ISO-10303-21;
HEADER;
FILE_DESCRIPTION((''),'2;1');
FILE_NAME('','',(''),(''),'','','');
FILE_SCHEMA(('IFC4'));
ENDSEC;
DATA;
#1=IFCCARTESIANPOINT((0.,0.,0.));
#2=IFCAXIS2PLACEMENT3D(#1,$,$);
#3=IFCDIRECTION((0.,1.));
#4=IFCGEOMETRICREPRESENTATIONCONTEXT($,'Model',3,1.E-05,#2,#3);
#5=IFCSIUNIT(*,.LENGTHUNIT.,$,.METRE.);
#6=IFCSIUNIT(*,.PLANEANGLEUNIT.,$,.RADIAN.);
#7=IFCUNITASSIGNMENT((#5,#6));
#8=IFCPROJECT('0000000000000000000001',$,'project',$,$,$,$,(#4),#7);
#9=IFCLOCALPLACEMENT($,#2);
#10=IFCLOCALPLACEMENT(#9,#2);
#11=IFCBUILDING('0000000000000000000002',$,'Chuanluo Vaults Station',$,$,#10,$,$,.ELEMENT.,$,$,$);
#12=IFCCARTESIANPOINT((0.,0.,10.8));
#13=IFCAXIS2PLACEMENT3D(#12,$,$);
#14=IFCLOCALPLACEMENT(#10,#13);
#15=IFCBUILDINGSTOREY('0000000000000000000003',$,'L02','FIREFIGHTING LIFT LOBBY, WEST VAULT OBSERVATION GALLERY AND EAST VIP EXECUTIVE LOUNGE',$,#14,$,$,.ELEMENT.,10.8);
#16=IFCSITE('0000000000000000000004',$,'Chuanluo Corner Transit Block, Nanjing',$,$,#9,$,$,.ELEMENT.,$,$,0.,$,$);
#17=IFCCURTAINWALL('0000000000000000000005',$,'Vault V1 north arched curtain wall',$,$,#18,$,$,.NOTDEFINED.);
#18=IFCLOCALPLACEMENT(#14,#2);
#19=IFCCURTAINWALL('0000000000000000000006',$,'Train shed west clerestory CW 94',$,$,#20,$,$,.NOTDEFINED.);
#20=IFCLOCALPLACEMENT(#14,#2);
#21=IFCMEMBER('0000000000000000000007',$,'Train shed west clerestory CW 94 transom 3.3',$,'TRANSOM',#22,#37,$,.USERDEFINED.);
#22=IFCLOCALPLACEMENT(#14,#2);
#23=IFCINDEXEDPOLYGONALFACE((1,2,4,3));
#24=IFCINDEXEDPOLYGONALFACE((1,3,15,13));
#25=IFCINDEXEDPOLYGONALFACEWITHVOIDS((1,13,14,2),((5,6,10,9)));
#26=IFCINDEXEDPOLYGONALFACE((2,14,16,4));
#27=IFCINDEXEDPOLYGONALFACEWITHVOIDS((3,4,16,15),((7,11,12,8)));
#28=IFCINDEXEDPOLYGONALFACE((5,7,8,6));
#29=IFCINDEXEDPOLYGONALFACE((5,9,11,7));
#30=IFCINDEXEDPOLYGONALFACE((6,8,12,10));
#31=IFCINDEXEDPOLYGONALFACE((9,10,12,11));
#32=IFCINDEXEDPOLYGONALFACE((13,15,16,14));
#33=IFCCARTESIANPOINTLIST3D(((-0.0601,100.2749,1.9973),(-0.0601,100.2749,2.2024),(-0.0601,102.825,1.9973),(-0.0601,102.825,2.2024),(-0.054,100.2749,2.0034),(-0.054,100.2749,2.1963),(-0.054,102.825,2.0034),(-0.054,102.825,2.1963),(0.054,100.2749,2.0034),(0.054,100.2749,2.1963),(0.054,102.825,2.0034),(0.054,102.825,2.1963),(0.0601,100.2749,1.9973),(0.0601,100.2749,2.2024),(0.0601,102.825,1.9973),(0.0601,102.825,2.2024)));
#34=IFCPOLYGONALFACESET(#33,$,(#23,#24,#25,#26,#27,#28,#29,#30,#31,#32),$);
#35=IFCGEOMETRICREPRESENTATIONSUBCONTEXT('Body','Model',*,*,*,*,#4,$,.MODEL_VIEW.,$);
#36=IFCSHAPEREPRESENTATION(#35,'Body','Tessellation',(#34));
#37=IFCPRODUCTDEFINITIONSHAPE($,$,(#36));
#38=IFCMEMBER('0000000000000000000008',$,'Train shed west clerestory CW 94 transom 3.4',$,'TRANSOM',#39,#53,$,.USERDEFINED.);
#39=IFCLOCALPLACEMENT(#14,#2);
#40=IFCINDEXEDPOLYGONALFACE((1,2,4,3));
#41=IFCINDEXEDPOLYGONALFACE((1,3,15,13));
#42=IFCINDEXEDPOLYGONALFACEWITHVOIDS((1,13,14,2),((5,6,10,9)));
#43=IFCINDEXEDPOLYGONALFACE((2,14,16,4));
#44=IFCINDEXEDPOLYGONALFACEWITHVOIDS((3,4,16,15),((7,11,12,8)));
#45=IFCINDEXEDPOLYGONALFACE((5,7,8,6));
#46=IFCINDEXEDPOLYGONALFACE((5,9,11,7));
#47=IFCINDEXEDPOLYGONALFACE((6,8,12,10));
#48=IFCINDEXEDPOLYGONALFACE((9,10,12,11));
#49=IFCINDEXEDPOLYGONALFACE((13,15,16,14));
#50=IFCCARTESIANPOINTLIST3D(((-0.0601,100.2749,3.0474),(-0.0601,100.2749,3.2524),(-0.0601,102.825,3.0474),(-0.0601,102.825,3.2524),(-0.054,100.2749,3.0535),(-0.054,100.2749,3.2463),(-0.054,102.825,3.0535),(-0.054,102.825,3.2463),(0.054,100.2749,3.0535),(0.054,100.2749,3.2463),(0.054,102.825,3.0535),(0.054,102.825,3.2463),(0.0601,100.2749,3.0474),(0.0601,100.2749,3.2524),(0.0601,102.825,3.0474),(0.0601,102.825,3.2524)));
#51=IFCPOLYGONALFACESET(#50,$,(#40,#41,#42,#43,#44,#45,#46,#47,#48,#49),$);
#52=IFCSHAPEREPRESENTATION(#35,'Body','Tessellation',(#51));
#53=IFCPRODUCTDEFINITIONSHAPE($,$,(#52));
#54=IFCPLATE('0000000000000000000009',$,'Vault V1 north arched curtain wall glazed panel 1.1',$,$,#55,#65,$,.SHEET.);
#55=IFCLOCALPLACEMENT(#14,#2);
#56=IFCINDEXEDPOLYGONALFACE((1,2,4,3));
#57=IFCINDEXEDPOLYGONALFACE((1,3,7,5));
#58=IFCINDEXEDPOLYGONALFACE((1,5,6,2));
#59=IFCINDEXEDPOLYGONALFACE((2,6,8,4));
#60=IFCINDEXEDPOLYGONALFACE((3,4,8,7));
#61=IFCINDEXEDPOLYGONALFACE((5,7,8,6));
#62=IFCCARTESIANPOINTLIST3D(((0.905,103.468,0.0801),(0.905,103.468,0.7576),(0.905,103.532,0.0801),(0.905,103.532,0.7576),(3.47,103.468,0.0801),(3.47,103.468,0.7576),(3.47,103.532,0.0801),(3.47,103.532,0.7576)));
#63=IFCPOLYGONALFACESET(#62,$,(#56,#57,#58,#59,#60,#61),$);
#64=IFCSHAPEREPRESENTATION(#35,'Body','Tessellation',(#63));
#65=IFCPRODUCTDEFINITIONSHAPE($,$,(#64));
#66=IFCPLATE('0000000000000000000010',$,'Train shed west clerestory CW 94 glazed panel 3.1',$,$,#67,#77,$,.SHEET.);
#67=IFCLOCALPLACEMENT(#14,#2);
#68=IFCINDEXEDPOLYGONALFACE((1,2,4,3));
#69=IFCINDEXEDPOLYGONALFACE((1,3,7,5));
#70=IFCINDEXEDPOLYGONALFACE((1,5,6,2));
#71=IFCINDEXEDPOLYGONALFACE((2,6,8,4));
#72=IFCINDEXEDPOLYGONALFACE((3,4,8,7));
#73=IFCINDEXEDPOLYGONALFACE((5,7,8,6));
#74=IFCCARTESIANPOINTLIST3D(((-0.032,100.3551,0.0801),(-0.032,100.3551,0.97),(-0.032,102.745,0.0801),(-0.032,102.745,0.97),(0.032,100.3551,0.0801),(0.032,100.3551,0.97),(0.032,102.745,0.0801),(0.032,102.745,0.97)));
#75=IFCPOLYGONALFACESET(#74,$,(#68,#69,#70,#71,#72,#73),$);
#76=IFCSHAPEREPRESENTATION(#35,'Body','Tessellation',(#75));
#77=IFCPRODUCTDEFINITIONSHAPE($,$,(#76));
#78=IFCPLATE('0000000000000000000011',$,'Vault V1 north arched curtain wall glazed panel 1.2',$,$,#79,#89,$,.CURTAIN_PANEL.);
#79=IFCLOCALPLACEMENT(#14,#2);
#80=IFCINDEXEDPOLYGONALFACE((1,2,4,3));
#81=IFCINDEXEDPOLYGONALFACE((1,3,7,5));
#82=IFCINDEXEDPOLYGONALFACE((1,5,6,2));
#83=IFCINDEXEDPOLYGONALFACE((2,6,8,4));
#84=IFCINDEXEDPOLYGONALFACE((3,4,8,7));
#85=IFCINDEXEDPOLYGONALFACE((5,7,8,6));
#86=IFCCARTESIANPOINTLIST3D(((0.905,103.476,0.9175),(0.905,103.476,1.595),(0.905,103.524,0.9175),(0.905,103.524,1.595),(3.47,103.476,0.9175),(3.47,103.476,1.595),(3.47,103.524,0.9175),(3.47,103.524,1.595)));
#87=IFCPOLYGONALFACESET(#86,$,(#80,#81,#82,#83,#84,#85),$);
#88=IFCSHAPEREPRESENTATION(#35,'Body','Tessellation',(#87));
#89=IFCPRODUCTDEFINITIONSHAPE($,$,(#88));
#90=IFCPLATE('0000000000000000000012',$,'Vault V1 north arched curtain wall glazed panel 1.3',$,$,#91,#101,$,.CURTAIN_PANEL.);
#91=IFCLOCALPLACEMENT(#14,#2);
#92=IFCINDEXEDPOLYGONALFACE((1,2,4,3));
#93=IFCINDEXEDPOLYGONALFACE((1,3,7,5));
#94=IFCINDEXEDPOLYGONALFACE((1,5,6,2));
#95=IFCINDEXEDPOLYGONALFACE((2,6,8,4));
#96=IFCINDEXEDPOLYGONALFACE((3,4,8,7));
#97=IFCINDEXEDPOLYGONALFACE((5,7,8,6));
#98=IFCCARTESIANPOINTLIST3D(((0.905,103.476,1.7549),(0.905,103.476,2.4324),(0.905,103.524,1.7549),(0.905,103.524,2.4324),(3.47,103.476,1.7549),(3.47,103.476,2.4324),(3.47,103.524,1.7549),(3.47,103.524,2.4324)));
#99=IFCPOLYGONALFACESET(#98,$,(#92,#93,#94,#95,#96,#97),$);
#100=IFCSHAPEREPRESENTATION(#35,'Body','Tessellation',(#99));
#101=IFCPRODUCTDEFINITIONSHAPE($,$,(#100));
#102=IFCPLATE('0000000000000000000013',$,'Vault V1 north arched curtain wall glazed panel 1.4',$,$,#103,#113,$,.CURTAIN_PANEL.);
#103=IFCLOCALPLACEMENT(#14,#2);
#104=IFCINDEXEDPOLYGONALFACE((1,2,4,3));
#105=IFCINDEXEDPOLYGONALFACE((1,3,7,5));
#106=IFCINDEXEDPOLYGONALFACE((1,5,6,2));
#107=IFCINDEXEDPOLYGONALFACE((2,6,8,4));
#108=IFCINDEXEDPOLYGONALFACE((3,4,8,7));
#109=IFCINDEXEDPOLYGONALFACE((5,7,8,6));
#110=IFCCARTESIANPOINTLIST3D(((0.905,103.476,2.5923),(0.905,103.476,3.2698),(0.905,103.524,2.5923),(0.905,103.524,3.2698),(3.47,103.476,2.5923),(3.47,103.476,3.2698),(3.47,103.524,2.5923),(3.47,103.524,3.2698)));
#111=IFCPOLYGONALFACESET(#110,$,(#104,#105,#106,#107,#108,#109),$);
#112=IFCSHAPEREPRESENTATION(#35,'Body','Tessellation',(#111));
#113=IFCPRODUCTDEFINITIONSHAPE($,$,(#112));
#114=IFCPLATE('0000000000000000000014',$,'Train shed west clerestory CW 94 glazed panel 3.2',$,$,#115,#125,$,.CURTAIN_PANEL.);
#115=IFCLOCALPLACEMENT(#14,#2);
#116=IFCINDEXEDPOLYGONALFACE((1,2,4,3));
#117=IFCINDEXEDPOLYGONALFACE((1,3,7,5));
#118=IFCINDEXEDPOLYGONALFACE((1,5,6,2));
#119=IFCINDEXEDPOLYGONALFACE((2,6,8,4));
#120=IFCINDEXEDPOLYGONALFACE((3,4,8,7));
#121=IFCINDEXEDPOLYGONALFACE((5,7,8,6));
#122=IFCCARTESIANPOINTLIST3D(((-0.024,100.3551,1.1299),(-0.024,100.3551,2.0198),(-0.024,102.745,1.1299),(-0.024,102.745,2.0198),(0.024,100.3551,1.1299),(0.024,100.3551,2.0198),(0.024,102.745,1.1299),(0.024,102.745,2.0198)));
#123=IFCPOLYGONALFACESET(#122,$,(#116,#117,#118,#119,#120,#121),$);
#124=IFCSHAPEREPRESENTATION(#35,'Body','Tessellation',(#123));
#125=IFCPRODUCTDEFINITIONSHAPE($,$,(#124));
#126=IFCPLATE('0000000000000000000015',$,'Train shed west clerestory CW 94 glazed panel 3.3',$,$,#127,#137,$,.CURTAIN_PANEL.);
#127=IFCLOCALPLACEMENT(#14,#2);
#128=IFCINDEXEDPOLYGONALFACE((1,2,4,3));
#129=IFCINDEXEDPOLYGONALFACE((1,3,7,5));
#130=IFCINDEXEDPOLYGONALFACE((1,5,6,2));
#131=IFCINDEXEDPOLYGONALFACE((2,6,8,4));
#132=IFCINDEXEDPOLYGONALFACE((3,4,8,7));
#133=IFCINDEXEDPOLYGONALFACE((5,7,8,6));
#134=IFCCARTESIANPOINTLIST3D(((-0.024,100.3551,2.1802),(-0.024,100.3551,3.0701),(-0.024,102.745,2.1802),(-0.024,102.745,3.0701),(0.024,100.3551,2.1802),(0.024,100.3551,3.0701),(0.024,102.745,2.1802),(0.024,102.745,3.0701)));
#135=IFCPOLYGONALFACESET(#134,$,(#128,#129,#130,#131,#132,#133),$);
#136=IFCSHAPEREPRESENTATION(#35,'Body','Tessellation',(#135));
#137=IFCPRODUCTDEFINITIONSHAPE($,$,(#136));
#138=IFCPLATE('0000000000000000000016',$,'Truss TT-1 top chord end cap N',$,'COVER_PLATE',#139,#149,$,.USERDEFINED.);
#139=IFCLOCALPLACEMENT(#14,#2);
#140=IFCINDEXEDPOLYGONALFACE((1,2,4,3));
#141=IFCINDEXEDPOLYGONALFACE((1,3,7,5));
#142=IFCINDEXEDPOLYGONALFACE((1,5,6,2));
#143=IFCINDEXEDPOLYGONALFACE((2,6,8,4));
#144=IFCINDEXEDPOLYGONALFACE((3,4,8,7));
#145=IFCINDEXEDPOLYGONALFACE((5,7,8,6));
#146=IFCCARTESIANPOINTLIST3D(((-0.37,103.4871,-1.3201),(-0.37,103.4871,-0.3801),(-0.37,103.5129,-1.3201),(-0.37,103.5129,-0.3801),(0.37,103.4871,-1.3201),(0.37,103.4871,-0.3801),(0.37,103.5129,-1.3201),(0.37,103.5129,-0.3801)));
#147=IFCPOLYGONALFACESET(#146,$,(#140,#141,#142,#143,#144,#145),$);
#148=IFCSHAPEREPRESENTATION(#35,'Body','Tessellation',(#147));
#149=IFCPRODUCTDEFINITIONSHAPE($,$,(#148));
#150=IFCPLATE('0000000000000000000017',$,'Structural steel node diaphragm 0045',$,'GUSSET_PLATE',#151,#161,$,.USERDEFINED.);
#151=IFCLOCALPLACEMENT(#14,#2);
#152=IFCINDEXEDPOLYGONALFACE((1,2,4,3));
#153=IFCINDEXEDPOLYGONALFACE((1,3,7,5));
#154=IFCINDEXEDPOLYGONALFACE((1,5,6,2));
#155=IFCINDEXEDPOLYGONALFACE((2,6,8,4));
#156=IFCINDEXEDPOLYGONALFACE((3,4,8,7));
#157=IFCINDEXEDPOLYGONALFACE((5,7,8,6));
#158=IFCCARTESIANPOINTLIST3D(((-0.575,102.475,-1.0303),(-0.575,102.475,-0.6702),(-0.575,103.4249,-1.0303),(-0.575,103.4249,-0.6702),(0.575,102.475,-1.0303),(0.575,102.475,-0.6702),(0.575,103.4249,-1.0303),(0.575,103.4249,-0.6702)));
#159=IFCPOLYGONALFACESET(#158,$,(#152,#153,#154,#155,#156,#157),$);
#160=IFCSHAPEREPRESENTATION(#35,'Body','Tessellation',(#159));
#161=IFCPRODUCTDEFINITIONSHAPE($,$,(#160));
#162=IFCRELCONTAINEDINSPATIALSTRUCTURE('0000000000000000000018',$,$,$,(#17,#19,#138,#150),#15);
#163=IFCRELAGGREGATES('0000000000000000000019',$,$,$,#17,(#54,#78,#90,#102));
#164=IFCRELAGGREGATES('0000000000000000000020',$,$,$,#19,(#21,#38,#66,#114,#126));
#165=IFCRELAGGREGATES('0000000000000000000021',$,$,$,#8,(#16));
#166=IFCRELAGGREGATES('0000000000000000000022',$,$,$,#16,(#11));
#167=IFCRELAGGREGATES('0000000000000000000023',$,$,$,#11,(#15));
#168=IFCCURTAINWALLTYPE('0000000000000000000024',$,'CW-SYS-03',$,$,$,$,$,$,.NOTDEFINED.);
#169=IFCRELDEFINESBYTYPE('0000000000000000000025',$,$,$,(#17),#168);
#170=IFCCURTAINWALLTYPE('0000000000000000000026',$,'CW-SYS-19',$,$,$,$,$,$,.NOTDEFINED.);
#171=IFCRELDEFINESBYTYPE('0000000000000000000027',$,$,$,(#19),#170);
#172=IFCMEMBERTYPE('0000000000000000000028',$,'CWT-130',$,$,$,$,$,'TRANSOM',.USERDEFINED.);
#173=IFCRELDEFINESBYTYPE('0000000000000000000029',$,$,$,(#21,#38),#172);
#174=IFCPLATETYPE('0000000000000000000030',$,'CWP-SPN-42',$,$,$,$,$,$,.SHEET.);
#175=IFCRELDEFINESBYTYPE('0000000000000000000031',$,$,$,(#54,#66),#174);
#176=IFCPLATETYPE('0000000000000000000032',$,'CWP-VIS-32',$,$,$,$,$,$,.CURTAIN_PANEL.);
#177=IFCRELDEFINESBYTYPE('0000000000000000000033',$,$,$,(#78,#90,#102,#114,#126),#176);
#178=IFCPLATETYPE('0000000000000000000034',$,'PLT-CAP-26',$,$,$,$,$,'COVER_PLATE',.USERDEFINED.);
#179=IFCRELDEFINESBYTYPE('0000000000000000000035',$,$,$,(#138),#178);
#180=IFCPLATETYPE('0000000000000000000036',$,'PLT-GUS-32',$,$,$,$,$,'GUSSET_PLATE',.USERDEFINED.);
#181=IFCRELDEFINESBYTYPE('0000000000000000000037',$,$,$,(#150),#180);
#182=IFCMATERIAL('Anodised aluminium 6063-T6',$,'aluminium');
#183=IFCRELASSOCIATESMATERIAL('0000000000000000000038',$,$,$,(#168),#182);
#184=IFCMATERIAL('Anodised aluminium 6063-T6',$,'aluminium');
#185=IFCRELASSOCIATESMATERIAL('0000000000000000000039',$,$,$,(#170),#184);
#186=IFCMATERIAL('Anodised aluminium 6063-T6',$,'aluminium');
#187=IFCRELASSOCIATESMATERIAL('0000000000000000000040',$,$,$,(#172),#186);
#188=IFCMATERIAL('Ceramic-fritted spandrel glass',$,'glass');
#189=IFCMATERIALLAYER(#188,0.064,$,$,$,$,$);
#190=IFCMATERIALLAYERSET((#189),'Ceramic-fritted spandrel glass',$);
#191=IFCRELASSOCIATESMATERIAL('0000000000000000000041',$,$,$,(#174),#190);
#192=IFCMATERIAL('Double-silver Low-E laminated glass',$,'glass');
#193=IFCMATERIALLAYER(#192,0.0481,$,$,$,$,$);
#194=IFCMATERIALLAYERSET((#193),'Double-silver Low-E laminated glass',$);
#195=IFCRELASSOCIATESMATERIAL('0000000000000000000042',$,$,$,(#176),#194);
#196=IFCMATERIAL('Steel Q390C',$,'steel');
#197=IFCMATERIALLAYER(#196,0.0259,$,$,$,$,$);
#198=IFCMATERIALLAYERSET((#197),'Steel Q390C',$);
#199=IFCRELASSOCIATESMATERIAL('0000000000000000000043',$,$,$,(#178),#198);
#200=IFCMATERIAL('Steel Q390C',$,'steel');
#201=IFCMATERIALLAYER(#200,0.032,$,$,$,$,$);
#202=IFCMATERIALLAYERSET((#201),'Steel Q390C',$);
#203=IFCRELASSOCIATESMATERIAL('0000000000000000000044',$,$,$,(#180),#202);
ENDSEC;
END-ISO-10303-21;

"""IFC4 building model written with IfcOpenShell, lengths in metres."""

from ifc_helpers import new_model, si_unit, direction, frame, origin, origin_2d, place, context, subcontext, project, spatial, rectangle, hollow_rectangle, extrude, material, layer, layer_set, material_profile, profile_set, type_object, element, aggregate, save


model = new_model("IFC4")

# Units and contexts
model_context = context("Model", 3, precision=1e-05, world=origin(), true_north=direction((0.0, 1.0)))
body_context = subcontext(model_context, "Body", "Model", "MODEL_VIEW")
ifc_project = project(units=[si_unit("LENGTHUNIT", "METRE"), si_unit("PLANEANGLEUNIT", "RADIAN")], contexts=[model_context])

# Site, building, storey
site_placement = place(None, origin())
site = spatial("IfcSite", under=ifc_project, at=site_placement, Name="Chuanluo Corner Transit Block, Nanjing", CompositionType="ELEMENT", RefElevation=0.0)
building_placement = place(site_placement, origin())
building = spatial("IfcBuilding", under=site, at=building_placement, Name="Chuanluo Vaults Station", CompositionType="ELEMENT")
storey_placement = place(building_placement, frame((0.0, 0.0, 10.8)))
storey = spatial("IfcBuildingStorey", under=building, at=storey_placement, Name="L02", Description="FIREFIGHTING LIFT LOBBY, WEST VAULT OBSERVATION GALLERY AND EAST VIP EXECUTIVE LOUNGE", CompositionType="ELEMENT", Elevation=10.8)

# Curtain wall
ifc_material_1 = material(Name="Anodised aluminium 6063-T6", Category="aluminium")
curtain_wall_type_1 = type_object("IfcCurtainWallType", Name="CW-SYS-03", PredefinedType="NOTDEFINED", material=ifc_material_1)
curtain_wall_1_placement = place(storey_placement, origin())
curtain_wall_1 = element("IfcCurtainWall", 1, at=curtain_wall_1_placement, inside=storey, type_object=curtain_wall_type_1, Name="Vault V1 north arched curtain wall", PredefinedType="NOTDEFINED")

# Curtain wall
ifc_material_2 = material(Name="Anodised aluminium 6063-T6", Category="aluminium")
curtain_wall_type_2 = type_object("IfcCurtainWallType", Name="CW-SYS-19", PredefinedType="NOTDEFINED", material=ifc_material_2)
curtain_wall_2_placement = place(storey_placement, origin())
curtain_wall_2 = element("IfcCurtainWall", 2, at=curtain_wall_2_placement, inside=storey, type_object=curtain_wall_type_2, Name="Train shed west clerestory CW 94", PredefinedType="NOTDEFINED")

# Members
ifc_material_3 = material(Name="Anodised aluminium 6063-T6", Category="aluminium")
ifc_material_profile_1 = material_profile(ifc_material_3, hollow_rectangle(XDim=0.1201, YDim=0.2051, WallThickness=0.0061, at=origin_2d()))
ifc_profile_set_1 = profile_set([ifc_material_profile_1], Name="Anodised aluminium 6063-T6")
member_type_1 = type_object("IfcMemberType", Name="CWT-130", ElementType="TRANSOM", PredefinedType="USERDEFINED", material=ifc_profile_set_1)
member_1_placement = place(storey_placement, frame((0.0, 100.2749, 2.0999), z_axis=(0.0, 1.0, 0.0), x_axis=(-1.0, 0.0, 0.0)))
member_1 = element("IfcMember", 3, at=member_1_placement, type_object=member_type_1, Name="Train shed west clerestory CW 94 transom 3.3", ObjectType="TRANSOM", PredefinedType="USERDEFINED", context=body_context, shape_type="SweptSolid", body=[
    extrude(hollow_rectangle(XDim=0.1201, YDim=0.2051, WallThickness=0.0061, at=origin_2d()), origin(), (0.0, 0.0, 1.0), 2.55),
])
member_2_placement = place(storey_placement, frame((0.0, 100.2749, 3.1499), z_axis=(0.0, 1.0, 0.0), x_axis=(-1.0, 0.0, 0.0)))
member_2 = element("IfcMember", 4, at=member_2_placement, type_object=member_type_1, Name="Train shed west clerestory CW 94 transom 3.4", ObjectType="TRANSOM", PredefinedType="USERDEFINED", context=body_context, shape_type="SweptSolid", body=[
    extrude(hollow_rectangle(XDim=0.1201, YDim=0.2051, WallThickness=0.0061, at=origin_2d()), origin(), (0.0, 0.0, 1.0), 2.55),
])

# Plates
ifc_material_4 = material(Name="Ceramic-fritted spandrel glass", Category="glass")
ifc_layer_1 = layer(ifc_material_4, 0.064)
ifc_layer_set_1 = layer_set([ifc_layer_1], Name="Ceramic-fritted spandrel glass")
plate_type_1 = type_object("IfcPlateType", Name="CWP-SPN-42", PredefinedType="SHEET", material=ifc_layer_set_1)
plate_1_placement = place(storey_placement, frame((2.1875, 103.5, 0.0801), z_axis=(0.0, 0.0, 1.0), x_axis=(1.0, 0.0, 0.0)))
plate_1 = element("IfcPlate", 5, at=plate_1_placement, type_object=plate_type_1, Name="Vault V1 north arched curtain wall glazed panel 1.1", PredefinedType="SHEET", context=body_context, shape_type="SweptSolid", body=[
    extrude(rectangle(XDim=2.5649, YDim=0.064, at=origin_2d()), origin(), (0.0, 0.0, 1.0), 0.6775),
])
plate_2_placement = place(storey_placement, frame((0.0, 101.55, 0.0801), z_axis=(0.0, 0.0, 1.0), x_axis=(0.0, 1.0, 0.0)))
plate_2 = element("IfcPlate", 6, at=plate_2_placement, type_object=plate_type_1, Name="Train shed west clerestory CW 94 glazed panel 3.1", PredefinedType="SHEET", context=body_context, shape_type="SweptSolid", body=[
    extrude(rectangle(XDim=2.3899, YDim=0.064, at=origin_2d()), origin(), (0.0, 0.0, 1.0), 0.8899),
])
ifc_material_5 = material(Name="Double-silver Low-E laminated glass", Category="glass")
ifc_layer_2 = layer(ifc_material_5, 0.0481)
ifc_layer_set_2 = layer_set([ifc_layer_2], Name="Double-silver Low-E laminated glass")
plate_type_2 = type_object("IfcPlateType", Name="CWP-VIS-32", PredefinedType="CURTAIN_PANEL", material=ifc_layer_set_2)
plate_3_placement = place(storey_placement, frame((2.1875, 103.5, 0.9175), z_axis=(0.0, 0.0, 1.0), x_axis=(1.0, 0.0, 0.0)))
plate_3 = element("IfcPlate", 7, at=plate_3_placement, type_object=plate_type_2, Name="Vault V1 north arched curtain wall glazed panel 1.2", PredefinedType="CURTAIN_PANEL", context=body_context, shape_type="SweptSolid", body=[
    extrude(rectangle(XDim=2.5649, YDim=0.0481, at=origin_2d()), origin(), (0.0, 0.0, 1.0), 0.6775),
])
plate_4_placement = place(storey_placement, frame((2.1875, 103.5, 1.7549), z_axis=(0.0, 0.0, 1.0), x_axis=(1.0, 0.0, 0.0)))
plate_4 = element("IfcPlate", 8, at=plate_4_placement, type_object=plate_type_2, Name="Vault V1 north arched curtain wall glazed panel 1.3", PredefinedType="CURTAIN_PANEL", context=body_context, shape_type="SweptSolid", body=[
    extrude(rectangle(XDim=2.5649, YDim=0.0481, at=origin_2d()), origin(), (0.0, 0.0, 1.0), 0.6775),
])
plate_5_placement = place(storey_placement, frame((2.1875, 103.5, 2.5923), z_axis=(0.0, 0.0, 1.0), x_axis=(1.0, 0.0, 0.0)))
plate_5 = element("IfcPlate", 9, at=plate_5_placement, type_object=plate_type_2, Name="Vault V1 north arched curtain wall glazed panel 1.4", PredefinedType="CURTAIN_PANEL", context=body_context, shape_type="SweptSolid", body=[
    extrude(rectangle(XDim=2.5649, YDim=0.0481, at=origin_2d()), origin(), (0.0, 0.0, 1.0), 0.6775),
])
aggregate(curtain_wall_1, [plate_1, plate_3, plate_4, plate_5])
plate_6_placement = place(storey_placement, frame((0.0, 101.55, 1.1299), z_axis=(0.0, 0.0, 1.0), x_axis=(0.0, 1.0, 0.0)))
plate_6 = element("IfcPlate", 10, at=plate_6_placement, type_object=plate_type_2, Name="Train shed west clerestory CW 94 glazed panel 3.2", PredefinedType="CURTAIN_PANEL", context=body_context, shape_type="SweptSolid", body=[
    extrude(rectangle(XDim=2.3899, YDim=0.0481, at=origin_2d()), origin(), (0.0, 0.0, 1.0), 0.8899),
])
plate_7_placement = place(storey_placement, frame((0.0, 101.55, 2.1802), z_axis=(0.0, 0.0, 1.0), x_axis=(0.0, 1.0, 0.0)))
plate_7 = element("IfcPlate", 11, at=plate_7_placement, type_object=plate_type_2, Name="Train shed west clerestory CW 94 glazed panel 3.3", PredefinedType="CURTAIN_PANEL", context=body_context, shape_type="SweptSolid", body=[
    extrude(rectangle(XDim=2.3899, YDim=0.0481, at=origin_2d()), origin(), (0.0, 0.0, 1.0), 0.8899),
])
aggregate(curtain_wall_2, [member_1, member_2, plate_2, plate_6, plate_7])

# Plates
ifc_material_6 = material(Name="Steel Q390C", Category="steel")
ifc_layer_3 = layer(ifc_material_6, 0.0259)
ifc_layer_set_3 = layer_set([ifc_layer_3], Name="Steel Q390C")
plate_type_3 = type_object("IfcPlateType", Name="PLT-CAP-26", ElementType="COVER_PLATE", PredefinedType="USERDEFINED", material=ifc_layer_set_3)
plate_8_placement = place(storey_placement, frame((0.0, 103.5, -1.3201), z_axis=(0.0, 0.0, 1.0), x_axis=(1.0, 0.0, 0.0)))
element("IfcPlate", 12, at=plate_8_placement, inside=storey, type_object=plate_type_3, Name="Truss TT-1 top chord end cap N", ObjectType="COVER_PLATE", PredefinedType="USERDEFINED", context=body_context, shape_type="SweptSolid", body=[
    extrude(rectangle(XDim=0.74, YDim=0.0259, at=origin_2d()), origin(), (0.0, 0.0, 1.0), 0.9399),
])
ifc_material_7 = material(Name="Steel Q390C", Category="steel")
ifc_layer_4 = layer(ifc_material_7, 0.032)
ifc_layer_set_4 = layer_set([ifc_layer_4], Name="Steel Q390C")
plate_type_4 = type_object("IfcPlateType", Name="PLT-GUS-32", ElementType="GUSSET_PLATE", PredefinedType="USERDEFINED", material=ifc_layer_set_4)
plate_9_placement = place(storey_placement, frame((0.0, 102.95, -1.0303), z_axis=(0.0, 0.0, 1.0), x_axis=(1.0, 0.0, 0.0)))
element("IfcPlate", 13, at=plate_9_placement, inside=storey, type_object=plate_type_4, Name="Structural steel node diaphragm 0045", ObjectType="GUSSET_PLATE", PredefinedType="USERDEFINED", context=body_context, shape_type="SweptSolid", body=[
    extrude(rectangle(XDim=1.1499, YDim=0.95, at=origin_2d()), origin(), (0.0, 0.0, 1.0), 0.3601),
])

save(model, "model.ifc")
